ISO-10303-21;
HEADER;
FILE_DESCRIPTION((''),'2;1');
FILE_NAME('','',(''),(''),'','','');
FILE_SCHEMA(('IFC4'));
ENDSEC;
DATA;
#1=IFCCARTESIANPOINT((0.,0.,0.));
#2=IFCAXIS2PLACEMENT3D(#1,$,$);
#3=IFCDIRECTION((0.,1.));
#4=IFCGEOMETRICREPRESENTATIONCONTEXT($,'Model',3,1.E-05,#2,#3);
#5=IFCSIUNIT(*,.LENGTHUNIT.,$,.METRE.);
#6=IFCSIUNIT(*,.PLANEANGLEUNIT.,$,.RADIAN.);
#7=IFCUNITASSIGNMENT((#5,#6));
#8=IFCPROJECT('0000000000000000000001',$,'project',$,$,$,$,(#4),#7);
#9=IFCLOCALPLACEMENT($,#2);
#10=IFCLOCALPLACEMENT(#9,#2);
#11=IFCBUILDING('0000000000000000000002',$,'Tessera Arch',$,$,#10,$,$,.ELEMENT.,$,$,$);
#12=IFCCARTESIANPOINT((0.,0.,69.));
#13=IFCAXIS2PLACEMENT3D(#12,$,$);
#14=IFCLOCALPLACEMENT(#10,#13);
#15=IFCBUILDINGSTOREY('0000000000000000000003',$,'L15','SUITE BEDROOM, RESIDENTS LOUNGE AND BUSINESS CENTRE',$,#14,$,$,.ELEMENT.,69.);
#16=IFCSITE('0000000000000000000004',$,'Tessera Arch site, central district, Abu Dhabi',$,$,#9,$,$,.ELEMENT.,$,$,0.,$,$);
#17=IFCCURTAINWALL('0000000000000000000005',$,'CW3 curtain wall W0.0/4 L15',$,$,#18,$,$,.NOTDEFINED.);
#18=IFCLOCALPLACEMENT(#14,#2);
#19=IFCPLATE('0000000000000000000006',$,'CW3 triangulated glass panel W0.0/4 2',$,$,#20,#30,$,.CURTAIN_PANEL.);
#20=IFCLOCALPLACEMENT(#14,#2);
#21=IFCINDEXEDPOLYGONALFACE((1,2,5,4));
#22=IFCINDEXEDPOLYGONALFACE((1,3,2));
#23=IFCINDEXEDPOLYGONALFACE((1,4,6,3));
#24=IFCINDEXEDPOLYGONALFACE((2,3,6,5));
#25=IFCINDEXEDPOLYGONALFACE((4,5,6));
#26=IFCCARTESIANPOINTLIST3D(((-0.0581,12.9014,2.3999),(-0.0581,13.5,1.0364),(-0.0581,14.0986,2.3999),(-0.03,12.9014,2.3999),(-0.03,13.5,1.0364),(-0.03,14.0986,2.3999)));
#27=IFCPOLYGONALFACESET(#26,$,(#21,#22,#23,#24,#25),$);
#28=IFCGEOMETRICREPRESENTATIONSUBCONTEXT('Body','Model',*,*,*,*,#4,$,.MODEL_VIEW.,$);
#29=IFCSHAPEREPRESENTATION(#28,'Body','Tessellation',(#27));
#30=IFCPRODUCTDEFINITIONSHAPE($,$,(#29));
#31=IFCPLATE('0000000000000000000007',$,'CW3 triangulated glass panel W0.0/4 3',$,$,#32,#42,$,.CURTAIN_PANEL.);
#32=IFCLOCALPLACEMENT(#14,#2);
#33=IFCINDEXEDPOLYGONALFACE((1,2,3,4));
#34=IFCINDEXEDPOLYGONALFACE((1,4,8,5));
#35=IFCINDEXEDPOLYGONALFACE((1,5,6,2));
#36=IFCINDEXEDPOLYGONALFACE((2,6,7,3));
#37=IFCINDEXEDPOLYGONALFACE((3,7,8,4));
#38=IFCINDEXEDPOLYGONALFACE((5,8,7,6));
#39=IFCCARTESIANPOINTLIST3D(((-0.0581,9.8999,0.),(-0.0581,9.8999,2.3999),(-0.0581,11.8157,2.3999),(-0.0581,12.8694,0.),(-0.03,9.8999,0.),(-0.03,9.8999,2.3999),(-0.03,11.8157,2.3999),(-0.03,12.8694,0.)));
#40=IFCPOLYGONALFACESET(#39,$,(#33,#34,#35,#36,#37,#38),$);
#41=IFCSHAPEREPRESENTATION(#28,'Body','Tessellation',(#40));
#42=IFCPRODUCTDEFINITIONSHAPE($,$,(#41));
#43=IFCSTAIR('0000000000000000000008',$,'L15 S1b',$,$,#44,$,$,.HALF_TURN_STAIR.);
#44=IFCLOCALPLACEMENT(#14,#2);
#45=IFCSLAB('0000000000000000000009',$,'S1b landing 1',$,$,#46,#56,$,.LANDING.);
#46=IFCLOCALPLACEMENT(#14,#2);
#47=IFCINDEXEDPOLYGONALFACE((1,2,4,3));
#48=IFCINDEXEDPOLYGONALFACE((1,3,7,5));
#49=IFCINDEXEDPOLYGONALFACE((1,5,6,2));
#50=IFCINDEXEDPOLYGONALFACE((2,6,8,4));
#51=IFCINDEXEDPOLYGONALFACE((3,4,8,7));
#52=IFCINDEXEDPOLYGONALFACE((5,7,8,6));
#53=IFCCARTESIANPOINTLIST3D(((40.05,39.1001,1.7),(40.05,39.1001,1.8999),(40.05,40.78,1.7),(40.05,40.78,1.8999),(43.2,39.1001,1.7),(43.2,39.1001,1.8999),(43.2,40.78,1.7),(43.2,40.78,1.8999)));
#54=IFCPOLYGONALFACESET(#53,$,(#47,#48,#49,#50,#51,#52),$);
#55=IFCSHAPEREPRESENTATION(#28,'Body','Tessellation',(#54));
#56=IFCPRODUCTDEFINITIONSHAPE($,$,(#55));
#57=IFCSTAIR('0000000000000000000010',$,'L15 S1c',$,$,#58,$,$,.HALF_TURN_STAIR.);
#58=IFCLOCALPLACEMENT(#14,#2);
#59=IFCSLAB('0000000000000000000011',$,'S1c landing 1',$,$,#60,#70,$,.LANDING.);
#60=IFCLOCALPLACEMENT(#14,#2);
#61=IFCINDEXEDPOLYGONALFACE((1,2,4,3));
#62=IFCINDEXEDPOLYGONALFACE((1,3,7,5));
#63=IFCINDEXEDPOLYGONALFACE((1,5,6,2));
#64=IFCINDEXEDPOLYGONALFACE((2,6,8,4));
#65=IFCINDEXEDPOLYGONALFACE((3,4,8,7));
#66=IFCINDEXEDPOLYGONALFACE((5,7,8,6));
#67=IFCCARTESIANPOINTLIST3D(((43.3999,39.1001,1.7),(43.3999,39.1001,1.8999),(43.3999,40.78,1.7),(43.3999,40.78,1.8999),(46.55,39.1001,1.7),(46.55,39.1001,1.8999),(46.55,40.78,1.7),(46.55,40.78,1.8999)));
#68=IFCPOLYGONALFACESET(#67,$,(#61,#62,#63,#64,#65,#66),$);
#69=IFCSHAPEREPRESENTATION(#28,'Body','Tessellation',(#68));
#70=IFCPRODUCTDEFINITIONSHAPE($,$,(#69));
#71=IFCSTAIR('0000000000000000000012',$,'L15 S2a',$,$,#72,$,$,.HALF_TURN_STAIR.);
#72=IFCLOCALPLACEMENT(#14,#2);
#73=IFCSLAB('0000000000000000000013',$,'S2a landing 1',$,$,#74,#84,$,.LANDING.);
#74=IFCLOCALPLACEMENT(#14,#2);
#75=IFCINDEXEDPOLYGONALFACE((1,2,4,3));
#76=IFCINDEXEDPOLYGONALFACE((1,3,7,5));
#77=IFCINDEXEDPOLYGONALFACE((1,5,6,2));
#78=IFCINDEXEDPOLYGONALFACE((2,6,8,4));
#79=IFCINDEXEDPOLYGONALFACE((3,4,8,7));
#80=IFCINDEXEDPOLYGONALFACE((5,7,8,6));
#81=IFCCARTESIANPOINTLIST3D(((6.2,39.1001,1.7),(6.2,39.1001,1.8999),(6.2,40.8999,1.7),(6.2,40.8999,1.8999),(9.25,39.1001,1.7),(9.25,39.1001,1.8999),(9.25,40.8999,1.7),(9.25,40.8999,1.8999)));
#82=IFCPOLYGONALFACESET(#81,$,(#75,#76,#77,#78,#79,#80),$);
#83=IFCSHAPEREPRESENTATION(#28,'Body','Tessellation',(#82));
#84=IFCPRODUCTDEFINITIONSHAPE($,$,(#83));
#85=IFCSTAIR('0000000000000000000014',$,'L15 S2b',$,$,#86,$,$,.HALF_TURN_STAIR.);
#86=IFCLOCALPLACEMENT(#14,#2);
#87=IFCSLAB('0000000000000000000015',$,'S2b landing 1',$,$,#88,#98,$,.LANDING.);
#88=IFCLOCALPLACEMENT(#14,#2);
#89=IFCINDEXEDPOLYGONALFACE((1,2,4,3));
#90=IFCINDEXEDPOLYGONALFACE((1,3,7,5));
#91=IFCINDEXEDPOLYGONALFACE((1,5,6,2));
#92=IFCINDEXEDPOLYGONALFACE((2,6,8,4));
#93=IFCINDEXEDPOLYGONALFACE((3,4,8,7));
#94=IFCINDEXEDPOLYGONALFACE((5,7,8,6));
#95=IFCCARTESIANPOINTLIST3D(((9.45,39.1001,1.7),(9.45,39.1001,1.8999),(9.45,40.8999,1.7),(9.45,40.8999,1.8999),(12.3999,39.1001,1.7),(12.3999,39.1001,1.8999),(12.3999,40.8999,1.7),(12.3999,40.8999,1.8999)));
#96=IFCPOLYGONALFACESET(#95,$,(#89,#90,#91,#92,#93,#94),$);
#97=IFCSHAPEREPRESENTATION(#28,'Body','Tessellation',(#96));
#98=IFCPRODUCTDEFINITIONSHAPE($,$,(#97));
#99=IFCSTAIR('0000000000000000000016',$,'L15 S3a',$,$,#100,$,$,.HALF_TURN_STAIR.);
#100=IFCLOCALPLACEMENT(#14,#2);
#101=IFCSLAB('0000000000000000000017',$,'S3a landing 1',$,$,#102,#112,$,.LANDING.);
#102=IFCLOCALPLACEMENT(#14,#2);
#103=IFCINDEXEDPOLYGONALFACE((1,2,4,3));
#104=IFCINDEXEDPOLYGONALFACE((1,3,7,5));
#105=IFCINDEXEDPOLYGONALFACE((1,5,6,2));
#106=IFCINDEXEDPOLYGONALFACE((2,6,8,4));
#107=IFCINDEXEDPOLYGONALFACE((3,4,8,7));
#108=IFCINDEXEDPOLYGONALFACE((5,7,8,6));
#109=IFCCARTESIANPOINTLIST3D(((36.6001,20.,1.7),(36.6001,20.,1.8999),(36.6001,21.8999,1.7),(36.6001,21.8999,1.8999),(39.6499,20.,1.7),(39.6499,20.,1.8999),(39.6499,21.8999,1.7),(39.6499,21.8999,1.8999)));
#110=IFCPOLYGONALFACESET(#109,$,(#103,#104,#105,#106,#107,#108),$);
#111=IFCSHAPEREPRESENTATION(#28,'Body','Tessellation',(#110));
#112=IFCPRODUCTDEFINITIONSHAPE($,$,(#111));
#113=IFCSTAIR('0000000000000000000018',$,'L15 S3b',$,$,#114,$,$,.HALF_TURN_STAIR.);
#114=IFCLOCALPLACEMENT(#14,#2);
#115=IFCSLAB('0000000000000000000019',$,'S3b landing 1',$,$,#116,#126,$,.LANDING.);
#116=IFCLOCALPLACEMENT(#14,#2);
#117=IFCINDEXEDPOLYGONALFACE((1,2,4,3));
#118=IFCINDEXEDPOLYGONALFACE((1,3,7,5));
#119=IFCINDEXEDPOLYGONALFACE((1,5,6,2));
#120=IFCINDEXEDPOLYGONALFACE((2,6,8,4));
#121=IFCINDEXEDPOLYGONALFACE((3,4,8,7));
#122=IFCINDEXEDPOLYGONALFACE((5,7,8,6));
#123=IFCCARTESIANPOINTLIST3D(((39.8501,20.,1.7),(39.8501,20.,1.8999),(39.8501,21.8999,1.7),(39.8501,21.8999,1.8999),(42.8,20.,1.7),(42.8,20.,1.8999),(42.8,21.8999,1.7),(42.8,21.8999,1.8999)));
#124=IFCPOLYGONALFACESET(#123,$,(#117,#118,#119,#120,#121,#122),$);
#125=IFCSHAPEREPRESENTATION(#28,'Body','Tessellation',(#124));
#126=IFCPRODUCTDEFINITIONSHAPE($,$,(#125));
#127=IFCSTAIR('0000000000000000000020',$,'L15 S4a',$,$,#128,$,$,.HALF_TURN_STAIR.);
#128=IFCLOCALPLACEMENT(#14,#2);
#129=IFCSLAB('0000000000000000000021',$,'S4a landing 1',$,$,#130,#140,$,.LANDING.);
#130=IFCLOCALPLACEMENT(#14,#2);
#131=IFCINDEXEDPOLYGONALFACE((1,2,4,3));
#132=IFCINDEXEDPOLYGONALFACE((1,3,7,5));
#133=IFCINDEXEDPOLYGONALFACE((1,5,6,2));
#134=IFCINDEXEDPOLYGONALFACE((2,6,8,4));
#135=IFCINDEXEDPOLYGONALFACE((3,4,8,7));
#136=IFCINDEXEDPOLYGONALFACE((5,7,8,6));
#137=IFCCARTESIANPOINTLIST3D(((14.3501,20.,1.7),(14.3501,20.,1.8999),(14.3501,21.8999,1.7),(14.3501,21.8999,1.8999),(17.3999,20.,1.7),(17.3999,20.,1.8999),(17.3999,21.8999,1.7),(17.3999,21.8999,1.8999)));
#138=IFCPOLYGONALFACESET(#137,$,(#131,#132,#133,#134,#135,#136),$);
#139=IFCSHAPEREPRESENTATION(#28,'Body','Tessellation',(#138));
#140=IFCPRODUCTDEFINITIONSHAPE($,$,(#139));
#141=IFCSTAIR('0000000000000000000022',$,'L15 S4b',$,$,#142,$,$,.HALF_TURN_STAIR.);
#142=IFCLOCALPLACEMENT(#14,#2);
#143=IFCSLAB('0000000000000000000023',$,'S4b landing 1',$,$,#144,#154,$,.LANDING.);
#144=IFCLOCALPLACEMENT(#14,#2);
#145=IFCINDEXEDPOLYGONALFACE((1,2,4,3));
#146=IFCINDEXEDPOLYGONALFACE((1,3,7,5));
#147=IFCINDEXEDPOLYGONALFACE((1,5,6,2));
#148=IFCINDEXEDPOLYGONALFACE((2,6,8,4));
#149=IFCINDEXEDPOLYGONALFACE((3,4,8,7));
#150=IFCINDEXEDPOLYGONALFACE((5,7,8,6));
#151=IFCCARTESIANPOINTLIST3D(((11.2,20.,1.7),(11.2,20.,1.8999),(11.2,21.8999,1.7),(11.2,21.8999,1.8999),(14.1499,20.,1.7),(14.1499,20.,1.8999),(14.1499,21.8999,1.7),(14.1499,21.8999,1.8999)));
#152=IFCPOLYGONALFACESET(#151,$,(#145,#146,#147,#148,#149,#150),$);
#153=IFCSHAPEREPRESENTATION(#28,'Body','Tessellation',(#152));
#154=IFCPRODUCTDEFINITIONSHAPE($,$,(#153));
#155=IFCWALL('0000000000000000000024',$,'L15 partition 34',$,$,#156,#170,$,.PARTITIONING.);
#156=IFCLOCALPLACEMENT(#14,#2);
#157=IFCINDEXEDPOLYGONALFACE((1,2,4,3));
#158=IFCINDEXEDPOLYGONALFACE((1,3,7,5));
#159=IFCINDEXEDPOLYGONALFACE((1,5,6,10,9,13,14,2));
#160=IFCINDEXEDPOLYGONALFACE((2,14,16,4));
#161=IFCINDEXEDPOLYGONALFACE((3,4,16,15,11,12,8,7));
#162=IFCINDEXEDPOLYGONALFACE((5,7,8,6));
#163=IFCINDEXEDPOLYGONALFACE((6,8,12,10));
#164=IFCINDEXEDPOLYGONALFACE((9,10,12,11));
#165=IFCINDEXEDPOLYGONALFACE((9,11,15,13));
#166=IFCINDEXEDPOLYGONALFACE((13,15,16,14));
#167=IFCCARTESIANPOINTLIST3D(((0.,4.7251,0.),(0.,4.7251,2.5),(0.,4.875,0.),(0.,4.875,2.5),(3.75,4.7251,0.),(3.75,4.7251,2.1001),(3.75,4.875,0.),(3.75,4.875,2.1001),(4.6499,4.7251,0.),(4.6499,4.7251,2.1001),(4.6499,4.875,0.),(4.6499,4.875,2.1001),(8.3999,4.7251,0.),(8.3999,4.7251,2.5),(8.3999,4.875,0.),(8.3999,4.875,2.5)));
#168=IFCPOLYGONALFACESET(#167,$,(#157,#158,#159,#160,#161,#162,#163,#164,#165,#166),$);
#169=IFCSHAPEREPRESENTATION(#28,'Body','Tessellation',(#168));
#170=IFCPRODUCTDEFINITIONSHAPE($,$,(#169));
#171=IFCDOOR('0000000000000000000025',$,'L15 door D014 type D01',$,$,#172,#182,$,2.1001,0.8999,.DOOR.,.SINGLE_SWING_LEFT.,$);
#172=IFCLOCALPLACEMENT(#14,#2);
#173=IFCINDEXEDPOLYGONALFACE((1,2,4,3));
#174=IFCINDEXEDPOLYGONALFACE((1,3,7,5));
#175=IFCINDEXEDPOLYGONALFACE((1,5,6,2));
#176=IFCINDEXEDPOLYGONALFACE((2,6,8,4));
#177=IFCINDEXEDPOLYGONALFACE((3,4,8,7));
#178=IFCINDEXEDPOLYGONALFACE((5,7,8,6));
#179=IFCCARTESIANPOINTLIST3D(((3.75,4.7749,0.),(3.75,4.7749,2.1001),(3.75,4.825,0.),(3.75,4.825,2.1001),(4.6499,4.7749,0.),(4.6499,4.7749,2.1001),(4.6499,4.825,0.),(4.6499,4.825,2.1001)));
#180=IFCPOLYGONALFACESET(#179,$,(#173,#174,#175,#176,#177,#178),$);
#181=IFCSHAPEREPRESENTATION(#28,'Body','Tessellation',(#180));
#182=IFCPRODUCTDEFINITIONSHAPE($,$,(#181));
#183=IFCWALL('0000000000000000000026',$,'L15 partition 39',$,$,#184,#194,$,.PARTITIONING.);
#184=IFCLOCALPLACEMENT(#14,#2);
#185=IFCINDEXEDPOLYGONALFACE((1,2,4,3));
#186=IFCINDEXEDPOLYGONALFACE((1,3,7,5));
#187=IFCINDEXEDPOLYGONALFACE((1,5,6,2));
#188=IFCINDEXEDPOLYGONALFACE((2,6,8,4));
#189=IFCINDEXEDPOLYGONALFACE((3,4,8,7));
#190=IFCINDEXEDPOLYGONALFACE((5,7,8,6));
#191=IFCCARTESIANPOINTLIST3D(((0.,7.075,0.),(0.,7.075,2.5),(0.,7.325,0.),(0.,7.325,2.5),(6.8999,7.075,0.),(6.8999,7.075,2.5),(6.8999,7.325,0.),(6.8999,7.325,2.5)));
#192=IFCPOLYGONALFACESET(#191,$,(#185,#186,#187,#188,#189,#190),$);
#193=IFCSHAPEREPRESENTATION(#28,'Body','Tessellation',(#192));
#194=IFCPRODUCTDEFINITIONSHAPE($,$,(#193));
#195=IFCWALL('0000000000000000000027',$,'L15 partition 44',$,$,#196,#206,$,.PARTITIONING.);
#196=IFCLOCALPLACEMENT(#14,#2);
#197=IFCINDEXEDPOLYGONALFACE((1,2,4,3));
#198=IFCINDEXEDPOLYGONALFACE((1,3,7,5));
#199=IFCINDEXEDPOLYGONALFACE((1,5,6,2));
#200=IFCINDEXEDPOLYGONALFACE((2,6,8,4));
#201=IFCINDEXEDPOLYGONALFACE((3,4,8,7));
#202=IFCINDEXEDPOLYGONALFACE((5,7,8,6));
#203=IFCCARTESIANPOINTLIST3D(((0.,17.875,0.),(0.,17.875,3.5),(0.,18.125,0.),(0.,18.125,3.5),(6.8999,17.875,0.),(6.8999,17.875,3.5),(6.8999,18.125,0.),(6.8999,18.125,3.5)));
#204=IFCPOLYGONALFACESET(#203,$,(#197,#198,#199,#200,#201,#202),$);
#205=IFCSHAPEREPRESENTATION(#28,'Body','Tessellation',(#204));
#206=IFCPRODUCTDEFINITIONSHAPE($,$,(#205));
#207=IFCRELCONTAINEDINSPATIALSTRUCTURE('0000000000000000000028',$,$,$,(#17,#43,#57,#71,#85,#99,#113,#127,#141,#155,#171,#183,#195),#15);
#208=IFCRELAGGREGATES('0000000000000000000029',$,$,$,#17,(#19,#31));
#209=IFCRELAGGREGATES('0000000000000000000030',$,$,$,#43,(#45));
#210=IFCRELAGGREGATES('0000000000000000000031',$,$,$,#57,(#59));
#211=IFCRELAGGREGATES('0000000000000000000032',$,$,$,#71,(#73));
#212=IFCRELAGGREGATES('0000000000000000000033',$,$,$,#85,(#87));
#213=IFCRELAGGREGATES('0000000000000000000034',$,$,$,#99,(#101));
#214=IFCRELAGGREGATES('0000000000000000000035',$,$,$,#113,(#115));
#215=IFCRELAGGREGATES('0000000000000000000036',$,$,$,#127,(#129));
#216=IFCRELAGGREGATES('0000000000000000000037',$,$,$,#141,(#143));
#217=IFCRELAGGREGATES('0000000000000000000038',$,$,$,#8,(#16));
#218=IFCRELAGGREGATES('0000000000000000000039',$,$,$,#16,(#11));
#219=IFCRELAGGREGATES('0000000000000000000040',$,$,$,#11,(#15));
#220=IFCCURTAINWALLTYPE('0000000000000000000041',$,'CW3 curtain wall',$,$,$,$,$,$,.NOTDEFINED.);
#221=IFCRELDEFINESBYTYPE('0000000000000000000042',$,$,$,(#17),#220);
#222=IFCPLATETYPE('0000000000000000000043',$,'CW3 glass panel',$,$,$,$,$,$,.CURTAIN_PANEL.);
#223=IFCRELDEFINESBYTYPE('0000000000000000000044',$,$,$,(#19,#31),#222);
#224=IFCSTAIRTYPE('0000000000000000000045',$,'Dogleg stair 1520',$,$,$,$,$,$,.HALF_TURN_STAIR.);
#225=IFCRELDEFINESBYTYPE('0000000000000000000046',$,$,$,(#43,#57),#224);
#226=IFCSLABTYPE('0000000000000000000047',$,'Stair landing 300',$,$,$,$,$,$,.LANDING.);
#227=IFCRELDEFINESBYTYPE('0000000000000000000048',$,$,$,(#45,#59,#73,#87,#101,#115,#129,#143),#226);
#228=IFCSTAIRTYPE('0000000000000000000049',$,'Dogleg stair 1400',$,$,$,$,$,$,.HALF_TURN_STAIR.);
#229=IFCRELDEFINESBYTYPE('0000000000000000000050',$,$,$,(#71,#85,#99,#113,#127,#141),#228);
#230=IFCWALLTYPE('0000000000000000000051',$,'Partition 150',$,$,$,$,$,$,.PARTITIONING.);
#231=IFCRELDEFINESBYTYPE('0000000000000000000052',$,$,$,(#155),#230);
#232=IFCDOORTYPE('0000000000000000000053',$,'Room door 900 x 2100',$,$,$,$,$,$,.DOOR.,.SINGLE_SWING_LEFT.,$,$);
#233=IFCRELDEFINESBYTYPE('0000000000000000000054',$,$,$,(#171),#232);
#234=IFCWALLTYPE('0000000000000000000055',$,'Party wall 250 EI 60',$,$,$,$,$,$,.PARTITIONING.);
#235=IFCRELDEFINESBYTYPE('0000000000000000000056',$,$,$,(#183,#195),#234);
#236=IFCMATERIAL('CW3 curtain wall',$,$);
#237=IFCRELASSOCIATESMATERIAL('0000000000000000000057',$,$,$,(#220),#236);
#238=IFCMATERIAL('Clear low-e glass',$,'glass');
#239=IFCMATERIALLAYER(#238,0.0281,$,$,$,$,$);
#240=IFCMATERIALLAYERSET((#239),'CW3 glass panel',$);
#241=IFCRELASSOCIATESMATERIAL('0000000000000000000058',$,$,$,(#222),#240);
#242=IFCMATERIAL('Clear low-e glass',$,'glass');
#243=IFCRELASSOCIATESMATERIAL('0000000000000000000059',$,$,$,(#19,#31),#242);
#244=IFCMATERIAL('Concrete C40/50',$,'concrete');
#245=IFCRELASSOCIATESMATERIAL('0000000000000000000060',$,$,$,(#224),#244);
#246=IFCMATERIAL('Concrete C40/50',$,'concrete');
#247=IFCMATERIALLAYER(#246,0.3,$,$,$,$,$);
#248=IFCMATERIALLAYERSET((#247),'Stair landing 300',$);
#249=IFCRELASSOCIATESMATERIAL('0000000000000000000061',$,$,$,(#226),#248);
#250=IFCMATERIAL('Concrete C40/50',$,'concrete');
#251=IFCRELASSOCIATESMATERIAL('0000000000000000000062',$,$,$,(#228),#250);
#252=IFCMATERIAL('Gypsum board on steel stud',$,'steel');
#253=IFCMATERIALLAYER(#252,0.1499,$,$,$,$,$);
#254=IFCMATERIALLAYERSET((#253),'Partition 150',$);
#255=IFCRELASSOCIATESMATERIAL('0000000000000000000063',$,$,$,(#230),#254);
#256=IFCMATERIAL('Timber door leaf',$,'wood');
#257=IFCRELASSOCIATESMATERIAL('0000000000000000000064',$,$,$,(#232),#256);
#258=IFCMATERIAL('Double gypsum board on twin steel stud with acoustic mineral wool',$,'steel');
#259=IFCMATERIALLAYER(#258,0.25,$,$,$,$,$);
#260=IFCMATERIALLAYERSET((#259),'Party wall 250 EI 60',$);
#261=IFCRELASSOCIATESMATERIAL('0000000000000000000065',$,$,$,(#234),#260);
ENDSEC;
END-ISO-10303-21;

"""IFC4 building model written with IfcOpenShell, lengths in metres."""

from ifc_helpers import new_model, si_unit, direction, frame, frame_2d, origin, place, context, subcontext, project, spatial, polyline, rectangle, outline, extrude, material, layer, layer_set, type_object, element, fill, aggregate, save


model = new_model("IFC4")

# Units and contexts
model_context = context("Model", 3, precision=1e-05, world=origin(), true_north=direction((0.0, 1.0)))
body_context = subcontext(model_context, "Body", "Model", "MODEL_VIEW")
ifc_project = project(units=[si_unit("LENGTHUNIT", "METRE"), si_unit("PLANEANGLEUNIT", "RADIAN")], contexts=[model_context])

# Site, building, storey
site_placement = place(None, origin())
site = spatial("IfcSite", under=ifc_project, at=site_placement, Name="Tessera Arch site, central district, Abu Dhabi", CompositionType="ELEMENT", RefElevation=0.0)
building_placement = place(site_placement, origin())
building = spatial("IfcBuilding", under=site, at=building_placement, Name="Tessera Arch", CompositionType="ELEMENT")
storey_placement = place(building_placement, frame((0.0, 0.0, 69.0)))
storey = spatial("IfcBuildingStorey", under=building, at=storey_placement, Name="L15", Description="SUITE BEDROOM, RESIDENTS LOUNGE AND BUSINESS CENTRE", CompositionType="ELEMENT", Elevation=69.0)

# Curtain wall
ifc_material_1 = material(Name="CW3 curtain wall")
curtain_wall_type_1 = type_object("IfcCurtainWallType", Name="CW3 curtain wall", PredefinedType="NOTDEFINED", material=ifc_material_1)
curtain_wall_1_placement = place(storey_placement, origin())
curtain_wall_1 = element("IfcCurtainWall", 1, at=curtain_wall_1_placement, inside=storey, type_object=curtain_wall_type_1, Name="CW3 curtain wall W0.0/4 L15", PredefinedType="NOTDEFINED")

# Plates
ifc_material_2 = material(Name="Clear low-e glass", Category="glass")
ifc_material_3 = material(Name="Clear low-e glass", Category="glass")
ifc_layer_1 = layer(ifc_material_3, 0.0281)
ifc_layer_set_1 = layer_set([ifc_layer_1], Name="CW3 glass panel")
plate_type_1 = type_object("IfcPlateType", Name="CW3 glass panel", PredefinedType="CURTAIN_PANEL", material=ifc_layer_set_1)
plate_1_placement = place(storey_placement, frame((-0.0581, 12.9014, 2.3999), z_axis=(-1.0, 0.0, 0.0), x_axis=(0.0, 1.0, 0.0)))
plate_1 = element("IfcPlate", 2, at=plate_1_placement, type_object=plate_type_1, material=ifc_material_2, Name="CW3 triangulated glass panel W0.0/4 2", PredefinedType="CURTAIN_PANEL", context=body_context, shape_type="SweptSolid", body=[
    extrude(outline(polyline([(0.0, 0.0), (1.1973, 0.0), (0.5986, 1.3635), (0.0, 0.0)])), origin(), (0.0, 0.0, -1.0), 0.0281),
])
plate_2_placement = place(storey_placement, frame((-0.0581, 9.8999, 2.3999), z_axis=(-1.0, 0.0, 0.0), x_axis=(0.0, 1.0, 0.0)))
plate_2 = element("IfcPlate", 3, at=plate_2_placement, type_object=plate_type_1, material=ifc_material_2, Name="CW3 triangulated glass panel W0.0/4 3", PredefinedType="CURTAIN_PANEL", context=body_context, shape_type="SweptSolid", body=[
    extrude(outline(polyline([(0.0, 0.0), (1.9158, 0.0), (2.9695, 2.3999), (0.0, 2.3999), (0.0, 0.0)])), origin(), (0.0, 0.0, -1.0), 0.0281),
])
aggregate(curtain_wall_1, [plate_1, plate_2])

# Stairs, slabs
ifc_material_4 = material(Name="Concrete C40/50", Category="concrete")
stair_type_1 = type_object("IfcStairType", Name="Dogleg stair 1520", PredefinedType="HALF_TURN_STAIR", material=ifc_material_4)
stair_1_placement = place(storey_placement, origin())
stair_1 = element("IfcStair", 4, at=stair_1_placement, inside=storey, type_object=stair_type_1, Name="L15 S1b", PredefinedType="HALF_TURN_STAIR")
ifc_material_5 = material(Name="Concrete C40/50", Category="concrete")
ifc_layer_2 = layer(ifc_material_5, 0.3)
ifc_layer_set_2 = layer_set([ifc_layer_2], Name="Stair landing 300")
slab_type = type_object("IfcSlabType", Name="Stair landing 300", PredefinedType="LANDING", material=ifc_layer_set_2)
slab_1_placement = place(storey_placement, frame((0.0, 0.0, 1.7)))
slab_1 = element("IfcSlab", 5, at=slab_1_placement, type_object=slab_type, Name="S1b landing 1", PredefinedType="LANDING", context=body_context, shape_type="SweptSolid", body=[
    extrude(outline(polyline([(40.05, 40.78), (40.05, 39.1001), (43.2, 39.1001), (43.2, 40.78), (40.05, 40.78)])), origin(), (0.0, 0.0, 1.0), 0.2),
])
aggregate(stair_1, [slab_1])
stair_2_placement = place(storey_placement, origin())
stair_2 = element("IfcStair", 6, at=stair_2_placement, inside=storey, type_object=stair_type_1, Name="L15 S1c", PredefinedType="HALF_TURN_STAIR")
slab_2_placement = place(storey_placement, frame((0.0, 0.0, 1.7)))
slab_2 = element("IfcSlab", 7, at=slab_2_placement, type_object=slab_type, Name="S1c landing 1", PredefinedType="LANDING", context=body_context, shape_type="SweptSolid", body=[
    extrude(outline(polyline([(43.3999, 40.78), (43.3999, 39.1001), (46.55, 39.1001), (46.55, 40.78), (43.3999, 40.78)])), origin(), (0.0, 0.0, 1.0), 0.2),
])
aggregate(stair_2, [slab_2])
ifc_material_6 = material(Name="Concrete C40/50", Category="concrete")
stair_type_2 = type_object("IfcStairType", Name="Dogleg stair 1400", PredefinedType="HALF_TURN_STAIR", material=ifc_material_6)
stair_3_placement = place(storey_placement, origin())
stair_3 = element("IfcStair", 8, at=stair_3_placement, inside=storey, type_object=stair_type_2, Name="L15 S2a", PredefinedType="HALF_TURN_STAIR")
slab_3_placement = place(storey_placement, frame((0.0, 0.0, 1.7)))
slab_3 = element("IfcSlab", 9, at=slab_3_placement, type_object=slab_type, Name="S2a landing 1", PredefinedType="LANDING", context=body_context, shape_type="SweptSolid", body=[
    extrude(outline(polyline([(6.2, 40.8999), (6.2, 39.1001), (9.25, 39.1001), (9.25, 40.8999), (6.2, 40.8999)])), origin(), (0.0, 0.0, 1.0), 0.2),
])
aggregate(stair_3, [slab_3])
stair_4_placement = place(storey_placement, origin())
stair_4 = element("IfcStair", 10, at=stair_4_placement, inside=storey, type_object=stair_type_2, Name="L15 S2b", PredefinedType="HALF_TURN_STAIR")
slab_4_placement = place(storey_placement, frame((0.0, 0.0, 1.7)))
slab_4 = element("IfcSlab", 11, at=slab_4_placement, type_object=slab_type, Name="S2b landing 1", PredefinedType="LANDING", context=body_context, shape_type="SweptSolid", body=[
    extrude(outline(polyline([(9.45, 40.8999), (9.45, 39.1001), (12.3999, 39.1001), (12.3999, 40.8999), (9.45, 40.8999)])), origin(), (0.0, 0.0, 1.0), 0.2),
])
aggregate(stair_4, [slab_4])
stair_5_placement = place(storey_placement, origin())
stair_5 = element("IfcStair", 12, at=stair_5_placement, inside=storey, type_object=stair_type_2, Name="L15 S3a", PredefinedType="HALF_TURN_STAIR")
slab_5_placement = place(storey_placement, frame((0.0, 0.0, 1.7)))
slab_5 = element("IfcSlab", 13, at=slab_5_placement, type_object=slab_type, Name="S3a landing 1", PredefinedType="LANDING", context=body_context, shape_type="SweptSolid", body=[
    extrude(outline(polyline([(39.6499, 20.0), (39.6499, 21.8999), (36.6001, 21.8999), (36.6001, 20.0), (39.6499, 20.0)])), origin(), (0.0, 0.0, 1.0), 0.2),
])
aggregate(stair_5, [slab_5])
stair_6_placement = place(storey_placement, origin())
stair_6 = element("IfcStair", 14, at=stair_6_placement, inside=storey, type_object=stair_type_2, Name="L15 S3b", PredefinedType="HALF_TURN_STAIR")
slab_6_placement = place(storey_placement, frame((0.0, 0.0, 1.7)))
slab_6 = element("IfcSlab", 15, at=slab_6_placement, type_object=slab_type, Name="S3b landing 1", PredefinedType="LANDING", context=body_context, shape_type="SweptSolid", body=[
    extrude(outline(polyline([(42.8, 20.0), (42.8, 21.8999), (39.8501, 21.8999), (39.8501, 20.0), (42.8, 20.0)])), origin(), (0.0, 0.0, 1.0), 0.2),
])
aggregate(stair_6, [slab_6])
stair_7_placement = place(storey_placement, origin())
stair_7 = element("IfcStair", 16, at=stair_7_placement, inside=storey, type_object=stair_type_2, Name="L15 S4a", PredefinedType="HALF_TURN_STAIR")
slab_7_placement = place(storey_placement, frame((0.0, 0.0, 1.7)))
slab_7 = element("IfcSlab", 17, at=slab_7_placement, type_object=slab_type, Name="S4a landing 1", PredefinedType="LANDING", context=body_context, shape_type="SweptSolid", body=[
    extrude(outline(polyline([(17.3999, 20.0), (17.3999, 21.8999), (14.3501, 21.8999), (14.3501, 20.0), (17.3999, 20.0)])), origin(), (0.0, 0.0, 1.0), 0.2),
])
aggregate(stair_7, [slab_7])
stair_8_placement = place(storey_placement, origin())
stair_8 = element("IfcStair", 18, at=stair_8_placement, inside=storey, type_object=stair_type_2, Name="L15 S4b", PredefinedType="HALF_TURN_STAIR")
slab_8_placement = place(storey_placement, frame((0.0, 0.0, 1.7)))
slab_8 = element("IfcSlab", 19, at=slab_8_placement, type_object=slab_type, Name="S4b landing 1", PredefinedType="LANDING", context=body_context, shape_type="SweptSolid", body=[
    extrude(outline(polyline([(14.1499, 20.0), (14.1499, 21.8999), (11.2, 21.8999), (11.2, 20.0), (14.1499, 20.0)])), origin(), (0.0, 0.0, 1.0), 0.2),
])
aggregate(stair_8, [slab_8])

# Wall, opening, door
ifc_material_7 = material(Name="Gypsum board on steel stud", Category="steel")
ifc_layer_3 = layer(ifc_material_7, 0.1499)
ifc_layer_set_3 = layer_set([ifc_layer_3], Name="Partition 150")
wall_type_1 = type_object("IfcWallType", Name="Partition 150", PredefinedType="PARTITIONING", material=ifc_layer_set_3)
wall_1_placement = place(storey_placement, frame((0.0, 4.8, 0.0), z_axis=(0.0, 0.0, 1.0), x_axis=(1.0, 0.0, 0.0)))
wall_1 = element("IfcWall", 20, at=wall_1_placement, inside=storey, type_object=wall_type_1, Name="L15 partition 34", PredefinedType="PARTITIONING", context=body_context, shape_type="SweptSolid", body=[
    extrude(rectangle(XDim=8.3999, YDim=0.1499, at=frame_2d((4.2, 0.0))), origin(), (0.0, 0.0, 1.0), 2.5),
])
opening_placement = place(wall_1_placement, frame((3.75, 0.0, 0.0)))
opening = element("IfcOpeningElement", 21, at=opening_placement, cuts=wall_1, PredefinedType="OPENING", context=body_context, shape_type="SweptSolid", body=[
    extrude(rectangle(XDim=0.8999, YDim=2.1001, at=frame_2d((0.45, 1.05))), frame((0.0, 0.085, 0.0), z_axis=(0.0, -1.0, 0.0), x_axis=(1.0, 0.0, 0.0)), (0.0, 0.0, 1.0), 0.1699),
])
ifc_material_8 = material(Name="Timber door leaf", Category="wood")
door_type = type_object("IfcDoorType", Name="Room door 900 x 2100", OperationType="SINGLE_SWING_LEFT", PredefinedType="DOOR", material=ifc_material_8)
door_placement = place(opening_placement, origin())
door = element("IfcDoor", 22, at=door_placement, inside=storey, type_object=door_type, Name="L15 door D014 type D01", OperationType="SINGLE_SWING_LEFT", OverallHeight=2.1001, OverallWidth=0.8999, PredefinedType="DOOR", context=body_context, shape_type="SweptSolid", body=[
    extrude(rectangle(XDim=0.8999, YDim=2.1001, at=frame_2d((0.45, 1.05))), frame((0.0, 0.0249, 0.0), z_axis=(0.0, -1.0, 0.0), x_axis=(1.0, 0.0, 0.0)), (0.0, 0.0, 1.0), 0.05),
])
fill(opening, door)

# Walls
ifc_material_9 = material(Name="Double gypsum board on twin steel stud with acoustic mineral wool", Category="steel")
ifc_layer_4 = layer(ifc_material_9, 0.25)
ifc_layer_set_4 = layer_set([ifc_layer_4], Name="Party wall 250 EI 60")
wall_type_2 = type_object("IfcWallType", Name="Party wall 250 EI 60", PredefinedType="PARTITIONING", material=ifc_layer_set_4)
wall_2_placement = place(storey_placement, frame((0.0, 7.2, 0.0), z_axis=(0.0, 0.0, 1.0), x_axis=(1.0, 0.0, 0.0)))
element("IfcWall", 23, at=wall_2_placement, inside=storey, type_object=wall_type_2, Name="L15 partition 39", PredefinedType="PARTITIONING", context=body_context, shape_type="SweptSolid", body=[
    extrude(rectangle(XDim=6.8999, YDim=0.25, at=frame_2d((3.45, 0.0))), origin(), (0.0, 0.0, 1.0), 2.5),
])
wall_3_placement = place(storey_placement, frame((0.0, 18.0, 0.0), z_axis=(0.0, 0.0, 1.0), x_axis=(1.0, 0.0, 0.0)))
element("IfcWall", 24, at=wall_3_placement, inside=storey, type_object=wall_type_2, Name="L15 partition 44", PredefinedType="PARTITIONING", context=body_context, shape_type="SweptSolid", body=[
    extrude(rectangle(XDim=6.8999, YDim=0.25, at=frame_2d((3.45, 0.0))), origin(), (0.0, 0.0, 1.0), 3.5),
])

save(model, "model.ifc")
